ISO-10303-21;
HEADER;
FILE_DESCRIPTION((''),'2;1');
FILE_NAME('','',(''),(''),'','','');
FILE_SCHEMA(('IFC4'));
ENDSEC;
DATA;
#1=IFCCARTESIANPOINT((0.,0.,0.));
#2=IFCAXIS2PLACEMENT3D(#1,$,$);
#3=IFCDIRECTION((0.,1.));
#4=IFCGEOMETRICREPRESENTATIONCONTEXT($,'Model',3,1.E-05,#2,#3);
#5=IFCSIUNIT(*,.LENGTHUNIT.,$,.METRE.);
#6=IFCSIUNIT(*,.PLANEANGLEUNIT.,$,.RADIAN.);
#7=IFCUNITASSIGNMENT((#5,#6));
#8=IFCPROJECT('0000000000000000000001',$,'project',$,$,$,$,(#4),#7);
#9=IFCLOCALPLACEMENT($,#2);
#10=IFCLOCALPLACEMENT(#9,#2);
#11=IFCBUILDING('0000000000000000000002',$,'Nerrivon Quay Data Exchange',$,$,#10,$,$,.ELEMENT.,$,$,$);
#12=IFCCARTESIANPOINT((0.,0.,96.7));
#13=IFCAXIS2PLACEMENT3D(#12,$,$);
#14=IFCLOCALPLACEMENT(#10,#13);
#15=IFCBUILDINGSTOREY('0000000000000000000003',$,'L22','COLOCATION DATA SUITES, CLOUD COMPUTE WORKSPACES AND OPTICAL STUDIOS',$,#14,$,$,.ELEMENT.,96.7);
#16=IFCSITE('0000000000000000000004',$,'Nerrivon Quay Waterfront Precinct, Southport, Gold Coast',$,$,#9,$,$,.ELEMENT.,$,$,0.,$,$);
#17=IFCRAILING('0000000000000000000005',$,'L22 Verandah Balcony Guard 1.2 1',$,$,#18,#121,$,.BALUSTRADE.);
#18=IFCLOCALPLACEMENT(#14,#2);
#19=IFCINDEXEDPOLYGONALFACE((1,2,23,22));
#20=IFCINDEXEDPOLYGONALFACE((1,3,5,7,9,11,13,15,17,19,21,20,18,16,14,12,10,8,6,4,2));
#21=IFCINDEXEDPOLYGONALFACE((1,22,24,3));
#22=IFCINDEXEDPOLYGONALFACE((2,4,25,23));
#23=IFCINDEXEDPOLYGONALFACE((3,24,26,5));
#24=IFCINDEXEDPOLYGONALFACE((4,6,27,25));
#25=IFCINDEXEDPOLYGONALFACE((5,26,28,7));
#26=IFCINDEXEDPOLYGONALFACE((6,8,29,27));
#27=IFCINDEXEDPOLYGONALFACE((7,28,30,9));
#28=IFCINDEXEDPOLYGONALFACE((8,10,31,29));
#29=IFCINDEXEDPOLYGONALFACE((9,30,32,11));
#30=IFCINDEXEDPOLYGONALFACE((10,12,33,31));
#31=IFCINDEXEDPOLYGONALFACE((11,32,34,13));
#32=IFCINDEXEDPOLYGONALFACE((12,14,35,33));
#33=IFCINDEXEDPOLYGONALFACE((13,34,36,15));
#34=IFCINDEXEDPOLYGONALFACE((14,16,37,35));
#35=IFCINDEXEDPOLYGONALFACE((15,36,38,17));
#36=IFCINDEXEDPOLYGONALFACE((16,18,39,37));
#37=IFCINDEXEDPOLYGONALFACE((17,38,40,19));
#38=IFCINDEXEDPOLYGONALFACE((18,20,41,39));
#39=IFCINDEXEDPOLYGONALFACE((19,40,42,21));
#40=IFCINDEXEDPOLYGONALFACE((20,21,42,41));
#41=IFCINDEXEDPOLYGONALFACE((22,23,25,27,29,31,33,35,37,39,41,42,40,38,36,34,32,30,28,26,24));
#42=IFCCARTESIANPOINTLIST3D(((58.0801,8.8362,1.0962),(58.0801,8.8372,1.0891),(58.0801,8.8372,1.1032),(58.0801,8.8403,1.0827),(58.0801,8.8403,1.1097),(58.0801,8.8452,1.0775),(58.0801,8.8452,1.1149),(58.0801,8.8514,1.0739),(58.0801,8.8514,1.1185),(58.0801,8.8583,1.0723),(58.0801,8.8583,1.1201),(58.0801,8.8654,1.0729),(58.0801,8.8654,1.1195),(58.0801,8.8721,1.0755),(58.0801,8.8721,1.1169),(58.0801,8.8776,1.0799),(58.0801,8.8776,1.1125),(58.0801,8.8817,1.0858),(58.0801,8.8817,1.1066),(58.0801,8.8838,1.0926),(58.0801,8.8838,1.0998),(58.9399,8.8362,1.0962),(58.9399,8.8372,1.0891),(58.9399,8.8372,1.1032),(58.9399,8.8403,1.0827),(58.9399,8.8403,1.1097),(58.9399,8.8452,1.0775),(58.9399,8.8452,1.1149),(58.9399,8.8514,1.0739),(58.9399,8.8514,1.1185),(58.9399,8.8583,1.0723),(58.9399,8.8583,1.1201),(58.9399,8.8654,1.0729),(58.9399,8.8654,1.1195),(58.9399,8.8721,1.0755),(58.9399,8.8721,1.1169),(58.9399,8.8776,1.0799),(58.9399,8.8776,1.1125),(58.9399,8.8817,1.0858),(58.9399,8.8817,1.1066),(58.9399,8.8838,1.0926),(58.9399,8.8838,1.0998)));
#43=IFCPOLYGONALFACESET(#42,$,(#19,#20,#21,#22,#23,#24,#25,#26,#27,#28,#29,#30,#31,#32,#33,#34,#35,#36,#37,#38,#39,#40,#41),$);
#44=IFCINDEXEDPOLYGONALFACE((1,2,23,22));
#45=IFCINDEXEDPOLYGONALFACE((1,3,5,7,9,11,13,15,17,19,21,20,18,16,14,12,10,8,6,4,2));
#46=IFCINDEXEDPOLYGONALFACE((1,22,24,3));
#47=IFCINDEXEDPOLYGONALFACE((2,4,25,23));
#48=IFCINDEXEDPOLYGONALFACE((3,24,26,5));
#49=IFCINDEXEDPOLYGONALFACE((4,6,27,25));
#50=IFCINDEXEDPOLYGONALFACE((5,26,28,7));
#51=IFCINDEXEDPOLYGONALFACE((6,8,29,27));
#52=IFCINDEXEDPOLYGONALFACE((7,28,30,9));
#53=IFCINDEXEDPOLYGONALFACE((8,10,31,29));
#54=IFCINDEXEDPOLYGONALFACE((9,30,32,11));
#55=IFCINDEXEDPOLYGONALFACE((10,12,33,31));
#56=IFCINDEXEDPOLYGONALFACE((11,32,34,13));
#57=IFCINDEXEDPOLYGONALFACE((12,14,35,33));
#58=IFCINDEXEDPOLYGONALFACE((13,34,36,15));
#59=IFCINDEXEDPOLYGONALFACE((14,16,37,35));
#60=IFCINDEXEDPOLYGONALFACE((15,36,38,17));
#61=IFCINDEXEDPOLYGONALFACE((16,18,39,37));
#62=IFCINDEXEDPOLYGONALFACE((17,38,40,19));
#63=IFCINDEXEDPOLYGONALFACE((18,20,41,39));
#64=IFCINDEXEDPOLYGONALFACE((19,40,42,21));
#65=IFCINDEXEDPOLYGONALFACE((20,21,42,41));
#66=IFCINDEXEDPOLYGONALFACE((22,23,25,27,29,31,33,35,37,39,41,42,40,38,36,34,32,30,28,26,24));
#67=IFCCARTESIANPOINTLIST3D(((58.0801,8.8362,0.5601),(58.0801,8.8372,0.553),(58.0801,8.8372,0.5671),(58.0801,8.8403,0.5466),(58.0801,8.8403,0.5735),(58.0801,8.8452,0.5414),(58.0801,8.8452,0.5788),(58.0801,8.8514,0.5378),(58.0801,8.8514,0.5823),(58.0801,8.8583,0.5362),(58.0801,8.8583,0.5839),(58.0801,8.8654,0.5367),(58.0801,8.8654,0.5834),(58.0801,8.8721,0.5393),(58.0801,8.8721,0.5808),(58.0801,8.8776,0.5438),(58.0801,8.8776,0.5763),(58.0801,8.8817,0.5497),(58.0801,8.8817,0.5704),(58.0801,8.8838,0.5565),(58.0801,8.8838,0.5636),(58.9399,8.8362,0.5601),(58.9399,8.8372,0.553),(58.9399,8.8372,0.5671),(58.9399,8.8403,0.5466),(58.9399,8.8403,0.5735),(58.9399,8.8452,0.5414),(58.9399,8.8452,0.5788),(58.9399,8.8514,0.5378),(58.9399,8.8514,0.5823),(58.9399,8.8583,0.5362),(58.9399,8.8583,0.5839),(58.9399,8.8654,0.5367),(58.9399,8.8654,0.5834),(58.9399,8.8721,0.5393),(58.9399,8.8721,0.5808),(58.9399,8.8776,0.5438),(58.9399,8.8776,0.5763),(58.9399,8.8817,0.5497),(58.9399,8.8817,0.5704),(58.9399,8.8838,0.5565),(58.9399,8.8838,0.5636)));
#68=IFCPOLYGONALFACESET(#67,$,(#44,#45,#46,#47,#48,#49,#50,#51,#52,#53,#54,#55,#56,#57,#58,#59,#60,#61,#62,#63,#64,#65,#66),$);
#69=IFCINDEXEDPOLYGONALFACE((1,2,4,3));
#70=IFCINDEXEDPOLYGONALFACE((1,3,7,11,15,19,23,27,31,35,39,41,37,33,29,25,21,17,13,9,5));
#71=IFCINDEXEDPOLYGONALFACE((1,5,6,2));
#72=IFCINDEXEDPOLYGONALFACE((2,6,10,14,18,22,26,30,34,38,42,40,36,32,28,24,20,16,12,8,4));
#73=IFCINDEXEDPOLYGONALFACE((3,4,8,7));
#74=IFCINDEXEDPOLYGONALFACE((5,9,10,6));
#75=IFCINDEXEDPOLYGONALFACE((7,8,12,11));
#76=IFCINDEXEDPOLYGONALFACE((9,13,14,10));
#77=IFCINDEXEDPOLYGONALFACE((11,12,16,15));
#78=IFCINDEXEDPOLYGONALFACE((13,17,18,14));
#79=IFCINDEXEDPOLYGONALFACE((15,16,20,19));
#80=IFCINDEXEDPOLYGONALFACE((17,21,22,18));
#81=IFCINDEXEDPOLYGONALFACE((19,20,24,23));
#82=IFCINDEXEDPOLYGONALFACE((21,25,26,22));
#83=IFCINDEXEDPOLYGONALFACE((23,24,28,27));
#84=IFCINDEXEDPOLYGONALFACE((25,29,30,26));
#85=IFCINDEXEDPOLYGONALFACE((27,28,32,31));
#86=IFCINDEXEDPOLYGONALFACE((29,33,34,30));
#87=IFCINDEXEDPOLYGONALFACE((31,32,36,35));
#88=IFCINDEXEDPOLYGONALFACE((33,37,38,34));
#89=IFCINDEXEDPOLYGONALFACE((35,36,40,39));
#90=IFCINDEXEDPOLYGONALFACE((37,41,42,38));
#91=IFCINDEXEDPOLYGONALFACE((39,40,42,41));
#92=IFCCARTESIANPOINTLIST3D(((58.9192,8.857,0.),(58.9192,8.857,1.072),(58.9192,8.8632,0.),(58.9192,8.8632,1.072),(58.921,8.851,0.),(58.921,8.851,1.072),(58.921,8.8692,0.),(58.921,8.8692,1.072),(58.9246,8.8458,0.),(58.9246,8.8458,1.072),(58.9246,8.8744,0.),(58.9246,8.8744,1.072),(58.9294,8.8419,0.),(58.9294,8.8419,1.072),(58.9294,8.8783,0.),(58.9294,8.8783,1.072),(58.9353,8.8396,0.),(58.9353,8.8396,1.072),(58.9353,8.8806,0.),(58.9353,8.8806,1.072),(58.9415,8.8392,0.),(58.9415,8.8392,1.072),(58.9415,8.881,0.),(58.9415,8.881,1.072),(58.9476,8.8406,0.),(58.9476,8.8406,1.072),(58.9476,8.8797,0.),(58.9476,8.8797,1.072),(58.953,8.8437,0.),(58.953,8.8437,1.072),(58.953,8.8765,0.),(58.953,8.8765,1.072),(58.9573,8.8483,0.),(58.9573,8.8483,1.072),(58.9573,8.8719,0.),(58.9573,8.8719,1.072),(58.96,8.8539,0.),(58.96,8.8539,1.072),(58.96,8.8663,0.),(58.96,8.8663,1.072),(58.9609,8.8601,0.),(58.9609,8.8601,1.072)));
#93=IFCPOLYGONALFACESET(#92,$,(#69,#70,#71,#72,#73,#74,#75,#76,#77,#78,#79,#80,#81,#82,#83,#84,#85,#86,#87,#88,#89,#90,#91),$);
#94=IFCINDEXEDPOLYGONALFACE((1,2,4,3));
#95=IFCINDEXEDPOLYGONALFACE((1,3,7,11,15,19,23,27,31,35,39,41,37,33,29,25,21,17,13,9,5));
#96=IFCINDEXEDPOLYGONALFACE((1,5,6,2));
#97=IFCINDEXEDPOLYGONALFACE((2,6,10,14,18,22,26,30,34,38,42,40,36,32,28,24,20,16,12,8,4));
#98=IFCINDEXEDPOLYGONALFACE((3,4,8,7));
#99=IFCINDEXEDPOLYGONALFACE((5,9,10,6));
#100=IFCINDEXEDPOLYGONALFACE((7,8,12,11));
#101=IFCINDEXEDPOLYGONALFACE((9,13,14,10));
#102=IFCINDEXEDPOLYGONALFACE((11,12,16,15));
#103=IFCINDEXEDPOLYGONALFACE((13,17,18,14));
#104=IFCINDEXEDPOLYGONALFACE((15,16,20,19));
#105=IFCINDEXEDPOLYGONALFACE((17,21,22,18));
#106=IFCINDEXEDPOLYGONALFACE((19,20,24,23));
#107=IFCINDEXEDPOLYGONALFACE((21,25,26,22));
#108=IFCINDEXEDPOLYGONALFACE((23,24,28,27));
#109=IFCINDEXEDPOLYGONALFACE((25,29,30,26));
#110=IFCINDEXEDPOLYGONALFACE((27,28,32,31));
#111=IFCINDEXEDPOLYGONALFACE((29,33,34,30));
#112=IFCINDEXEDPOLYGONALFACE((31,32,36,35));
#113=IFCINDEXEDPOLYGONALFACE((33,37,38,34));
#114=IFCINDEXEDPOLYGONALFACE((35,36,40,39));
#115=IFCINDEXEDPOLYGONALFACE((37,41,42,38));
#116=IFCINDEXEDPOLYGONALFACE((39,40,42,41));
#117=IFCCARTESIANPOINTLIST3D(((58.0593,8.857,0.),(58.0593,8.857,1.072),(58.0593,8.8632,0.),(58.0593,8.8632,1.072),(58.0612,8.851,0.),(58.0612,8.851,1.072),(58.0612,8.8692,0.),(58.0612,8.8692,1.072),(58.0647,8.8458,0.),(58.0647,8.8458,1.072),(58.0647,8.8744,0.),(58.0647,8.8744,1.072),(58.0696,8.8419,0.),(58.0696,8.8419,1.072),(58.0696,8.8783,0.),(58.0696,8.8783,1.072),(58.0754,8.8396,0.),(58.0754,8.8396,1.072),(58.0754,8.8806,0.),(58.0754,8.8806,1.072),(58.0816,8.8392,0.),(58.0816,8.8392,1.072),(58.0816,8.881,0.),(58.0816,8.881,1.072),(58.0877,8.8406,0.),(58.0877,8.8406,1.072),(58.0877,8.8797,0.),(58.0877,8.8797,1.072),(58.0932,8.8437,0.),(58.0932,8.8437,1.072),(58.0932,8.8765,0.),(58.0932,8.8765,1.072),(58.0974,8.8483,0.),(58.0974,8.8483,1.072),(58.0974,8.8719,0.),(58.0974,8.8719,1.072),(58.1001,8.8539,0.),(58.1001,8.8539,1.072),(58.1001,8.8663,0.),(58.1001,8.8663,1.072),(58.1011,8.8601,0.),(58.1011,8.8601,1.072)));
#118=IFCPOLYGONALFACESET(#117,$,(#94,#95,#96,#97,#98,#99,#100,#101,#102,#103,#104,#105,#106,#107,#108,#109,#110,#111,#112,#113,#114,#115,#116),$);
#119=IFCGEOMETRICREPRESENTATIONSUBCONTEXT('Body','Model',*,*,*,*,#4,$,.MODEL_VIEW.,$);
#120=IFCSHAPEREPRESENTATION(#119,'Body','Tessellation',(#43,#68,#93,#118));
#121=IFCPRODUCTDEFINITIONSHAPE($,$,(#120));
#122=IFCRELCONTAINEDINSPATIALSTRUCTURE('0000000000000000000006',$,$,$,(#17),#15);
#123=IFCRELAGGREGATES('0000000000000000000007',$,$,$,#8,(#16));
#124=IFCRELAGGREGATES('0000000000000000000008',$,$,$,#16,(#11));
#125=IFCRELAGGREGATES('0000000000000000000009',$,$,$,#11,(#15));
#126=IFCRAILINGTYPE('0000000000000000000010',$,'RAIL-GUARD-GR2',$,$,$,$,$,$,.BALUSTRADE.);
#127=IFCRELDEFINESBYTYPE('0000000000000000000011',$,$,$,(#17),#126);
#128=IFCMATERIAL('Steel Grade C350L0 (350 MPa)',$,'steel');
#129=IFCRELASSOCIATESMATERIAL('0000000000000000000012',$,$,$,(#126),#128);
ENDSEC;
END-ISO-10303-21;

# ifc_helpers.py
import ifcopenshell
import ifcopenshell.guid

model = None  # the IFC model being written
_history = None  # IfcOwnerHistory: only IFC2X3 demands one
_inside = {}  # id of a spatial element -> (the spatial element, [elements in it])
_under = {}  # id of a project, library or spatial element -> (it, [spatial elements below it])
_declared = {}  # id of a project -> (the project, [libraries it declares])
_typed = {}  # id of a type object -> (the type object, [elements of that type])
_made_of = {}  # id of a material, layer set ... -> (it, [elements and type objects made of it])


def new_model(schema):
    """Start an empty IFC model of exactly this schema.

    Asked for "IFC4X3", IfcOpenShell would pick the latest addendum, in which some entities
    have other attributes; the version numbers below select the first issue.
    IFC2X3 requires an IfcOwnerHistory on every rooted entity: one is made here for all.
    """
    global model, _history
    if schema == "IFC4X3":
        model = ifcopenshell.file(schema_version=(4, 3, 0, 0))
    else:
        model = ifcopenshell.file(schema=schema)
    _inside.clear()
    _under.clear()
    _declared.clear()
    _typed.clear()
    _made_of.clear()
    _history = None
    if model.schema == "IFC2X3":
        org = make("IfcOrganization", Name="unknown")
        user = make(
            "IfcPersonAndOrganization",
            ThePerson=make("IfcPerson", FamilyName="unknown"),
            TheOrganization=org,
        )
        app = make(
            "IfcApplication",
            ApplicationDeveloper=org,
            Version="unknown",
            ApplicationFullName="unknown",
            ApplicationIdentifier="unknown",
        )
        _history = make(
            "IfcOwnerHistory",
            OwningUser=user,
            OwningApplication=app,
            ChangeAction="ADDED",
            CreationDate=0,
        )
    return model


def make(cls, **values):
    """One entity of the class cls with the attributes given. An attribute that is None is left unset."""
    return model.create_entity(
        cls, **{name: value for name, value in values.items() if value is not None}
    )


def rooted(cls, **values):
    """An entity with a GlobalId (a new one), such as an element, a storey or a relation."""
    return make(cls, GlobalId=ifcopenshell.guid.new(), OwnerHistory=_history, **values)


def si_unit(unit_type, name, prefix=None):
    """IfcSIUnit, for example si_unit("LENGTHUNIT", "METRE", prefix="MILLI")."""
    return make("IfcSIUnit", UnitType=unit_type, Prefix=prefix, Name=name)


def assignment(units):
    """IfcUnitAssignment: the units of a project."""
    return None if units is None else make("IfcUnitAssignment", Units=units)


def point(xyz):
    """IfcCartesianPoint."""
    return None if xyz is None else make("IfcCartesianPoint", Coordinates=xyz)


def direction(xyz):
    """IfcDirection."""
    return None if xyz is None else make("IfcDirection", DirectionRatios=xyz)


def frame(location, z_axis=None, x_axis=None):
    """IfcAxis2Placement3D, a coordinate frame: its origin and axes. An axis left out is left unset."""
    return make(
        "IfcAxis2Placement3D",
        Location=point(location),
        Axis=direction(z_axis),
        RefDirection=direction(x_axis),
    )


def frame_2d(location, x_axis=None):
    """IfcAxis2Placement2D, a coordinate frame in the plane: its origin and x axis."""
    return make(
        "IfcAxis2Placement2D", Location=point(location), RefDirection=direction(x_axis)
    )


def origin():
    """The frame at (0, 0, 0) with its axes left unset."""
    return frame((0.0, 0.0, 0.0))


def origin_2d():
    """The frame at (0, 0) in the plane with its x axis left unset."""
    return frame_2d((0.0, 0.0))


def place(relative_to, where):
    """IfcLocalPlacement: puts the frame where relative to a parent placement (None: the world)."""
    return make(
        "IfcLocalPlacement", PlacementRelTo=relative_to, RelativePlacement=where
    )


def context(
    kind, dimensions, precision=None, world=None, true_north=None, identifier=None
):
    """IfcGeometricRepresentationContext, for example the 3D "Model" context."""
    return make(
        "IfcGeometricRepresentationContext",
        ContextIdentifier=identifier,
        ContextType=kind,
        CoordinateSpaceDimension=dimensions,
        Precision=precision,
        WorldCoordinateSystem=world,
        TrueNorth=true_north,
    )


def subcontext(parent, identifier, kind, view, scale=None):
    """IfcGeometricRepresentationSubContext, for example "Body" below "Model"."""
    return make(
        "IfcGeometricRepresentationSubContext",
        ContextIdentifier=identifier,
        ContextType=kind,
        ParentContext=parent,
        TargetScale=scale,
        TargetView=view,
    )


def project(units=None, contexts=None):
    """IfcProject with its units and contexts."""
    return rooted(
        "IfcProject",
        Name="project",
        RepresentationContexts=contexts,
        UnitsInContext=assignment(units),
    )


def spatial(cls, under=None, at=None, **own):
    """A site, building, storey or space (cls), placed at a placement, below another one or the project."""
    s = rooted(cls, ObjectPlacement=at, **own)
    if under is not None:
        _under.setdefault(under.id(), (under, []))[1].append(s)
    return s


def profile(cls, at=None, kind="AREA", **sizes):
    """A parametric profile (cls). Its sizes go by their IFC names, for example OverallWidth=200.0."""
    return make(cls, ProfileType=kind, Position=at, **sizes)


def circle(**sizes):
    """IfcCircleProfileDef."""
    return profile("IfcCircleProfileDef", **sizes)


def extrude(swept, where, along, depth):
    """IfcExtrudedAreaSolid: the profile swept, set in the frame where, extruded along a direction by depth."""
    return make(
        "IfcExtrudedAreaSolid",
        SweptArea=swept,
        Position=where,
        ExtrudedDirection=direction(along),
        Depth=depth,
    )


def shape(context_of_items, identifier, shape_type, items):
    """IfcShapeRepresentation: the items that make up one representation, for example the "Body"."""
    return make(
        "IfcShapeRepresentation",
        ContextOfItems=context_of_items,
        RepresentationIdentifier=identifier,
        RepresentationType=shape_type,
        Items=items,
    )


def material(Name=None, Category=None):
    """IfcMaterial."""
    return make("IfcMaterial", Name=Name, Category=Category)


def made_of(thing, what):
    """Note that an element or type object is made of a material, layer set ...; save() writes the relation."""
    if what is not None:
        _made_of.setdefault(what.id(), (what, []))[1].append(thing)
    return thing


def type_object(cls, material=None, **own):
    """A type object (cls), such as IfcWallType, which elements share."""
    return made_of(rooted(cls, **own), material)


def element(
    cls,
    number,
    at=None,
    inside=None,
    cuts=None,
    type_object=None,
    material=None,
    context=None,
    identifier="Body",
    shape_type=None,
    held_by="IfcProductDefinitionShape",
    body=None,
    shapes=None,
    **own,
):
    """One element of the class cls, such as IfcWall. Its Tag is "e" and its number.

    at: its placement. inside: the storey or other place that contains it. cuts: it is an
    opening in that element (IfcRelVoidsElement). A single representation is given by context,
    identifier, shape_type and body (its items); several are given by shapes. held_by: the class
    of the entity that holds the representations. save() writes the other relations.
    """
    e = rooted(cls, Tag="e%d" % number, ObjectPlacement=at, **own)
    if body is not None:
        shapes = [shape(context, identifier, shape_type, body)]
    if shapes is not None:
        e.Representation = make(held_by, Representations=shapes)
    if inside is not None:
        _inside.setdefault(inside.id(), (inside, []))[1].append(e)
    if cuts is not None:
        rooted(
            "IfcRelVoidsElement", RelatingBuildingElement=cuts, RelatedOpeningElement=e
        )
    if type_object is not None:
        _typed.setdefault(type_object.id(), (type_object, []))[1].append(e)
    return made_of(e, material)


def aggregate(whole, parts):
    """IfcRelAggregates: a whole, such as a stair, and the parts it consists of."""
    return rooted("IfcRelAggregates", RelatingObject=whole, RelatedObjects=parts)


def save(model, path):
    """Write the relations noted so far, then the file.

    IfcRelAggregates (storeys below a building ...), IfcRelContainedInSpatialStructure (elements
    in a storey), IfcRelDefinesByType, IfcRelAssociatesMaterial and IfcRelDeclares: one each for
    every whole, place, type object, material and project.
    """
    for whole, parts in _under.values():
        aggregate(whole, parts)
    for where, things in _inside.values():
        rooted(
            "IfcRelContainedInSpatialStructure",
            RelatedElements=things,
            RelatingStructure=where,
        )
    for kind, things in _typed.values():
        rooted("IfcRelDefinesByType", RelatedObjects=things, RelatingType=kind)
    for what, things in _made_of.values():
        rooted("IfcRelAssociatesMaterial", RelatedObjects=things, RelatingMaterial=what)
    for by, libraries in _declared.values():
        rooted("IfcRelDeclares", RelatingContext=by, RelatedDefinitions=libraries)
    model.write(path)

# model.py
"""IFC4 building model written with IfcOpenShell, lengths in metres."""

from ifc_helpers import new_model, si_unit, direction, frame, origin, origin_2d, place, context, subcontext, project, spatial, circle, extrude, material, type_object, element, save


model = new_model("IFC4")

# Units and contexts
model_context = context("Model", 3, precision=1e-05, world=origin(), true_north=direction((0.0, 1.0)))
body_context = subcontext(model_context, "Body", "Model", "MODEL_VIEW")
ifc_project = project(units=[si_unit("LENGTHUNIT", "METRE"), si_unit("PLANEANGLEUNIT", "RADIAN")], contexts=[model_context])

# Site, building, storey
site_placement = place(None, origin())
site = spatial("IfcSite", under=ifc_project, at=site_placement, Name="Nerrivon Quay Waterfront Precinct, Southport, Gold Coast", CompositionType="ELEMENT", RefElevation=0.0)
building_placement = place(site_placement, origin())
building = spatial("IfcBuilding", under=site, at=building_placement, Name="Nerrivon Quay Data Exchange", CompositionType="ELEMENT")
storey_placement = place(building_placement, frame((0.0, 0.0, 96.7)))
storey = spatial("IfcBuildingStorey", under=building, at=storey_placement, Name="L22", Description="COLOCATION DATA SUITES, CLOUD COMPUTE WORKSPACES AND OPTICAL STUDIOS", CompositionType="ELEMENT", Elevation=96.7)

# Railing
ifc_material_1 = material(Name="Steel Grade C350L0 (350 MPa)", Category="steel")
railing_type = type_object("IfcRailingType", Name="RAIL-GUARD-GR2", PredefinedType="BALUSTRADE", material=ifc_material_1)
railing_1_placement = place(storey_placement, frame((58.9399, 8.8601, 0.0)))
element("IfcRailing", 1, at=railing_1_placement, inside=storey, type_object=railing_type, Name="L22 Verandah Balcony Guard 1.2 1", PredefinedType="BALUSTRADE", context=body_context, shape_type="SweptSolid", body=[
    extrude(circle(Radius=0.0239, at=origin_2d()), frame((0.0, 0.0, 1.0962), z_axis=(-1.0, 0.0, 0.0), x_axis=(0.0, -1.0, 0.0)), (0.0, 0.0, 1.0), 0.8599),
    extrude(circle(Radius=0.0239, at=origin_2d()), frame((0.0, 0.0, 0.5601), z_axis=(-1.0, 0.0, 0.0), x_axis=(0.0, -1.0, 0.0)), (0.0, 0.0, 1.0), 0.8599),
    extrude(circle(Radius=0.021, at=origin_2d()), origin(), (0.0, 0.0, 1.0), 1.072),
    extrude(circle(Radius=0.021, at=origin_2d()), frame((-0.8599, 0.0, 0.0)), (0.0, 0.0, 1.0), 1.072),
])

save(model, "model.ifc")
